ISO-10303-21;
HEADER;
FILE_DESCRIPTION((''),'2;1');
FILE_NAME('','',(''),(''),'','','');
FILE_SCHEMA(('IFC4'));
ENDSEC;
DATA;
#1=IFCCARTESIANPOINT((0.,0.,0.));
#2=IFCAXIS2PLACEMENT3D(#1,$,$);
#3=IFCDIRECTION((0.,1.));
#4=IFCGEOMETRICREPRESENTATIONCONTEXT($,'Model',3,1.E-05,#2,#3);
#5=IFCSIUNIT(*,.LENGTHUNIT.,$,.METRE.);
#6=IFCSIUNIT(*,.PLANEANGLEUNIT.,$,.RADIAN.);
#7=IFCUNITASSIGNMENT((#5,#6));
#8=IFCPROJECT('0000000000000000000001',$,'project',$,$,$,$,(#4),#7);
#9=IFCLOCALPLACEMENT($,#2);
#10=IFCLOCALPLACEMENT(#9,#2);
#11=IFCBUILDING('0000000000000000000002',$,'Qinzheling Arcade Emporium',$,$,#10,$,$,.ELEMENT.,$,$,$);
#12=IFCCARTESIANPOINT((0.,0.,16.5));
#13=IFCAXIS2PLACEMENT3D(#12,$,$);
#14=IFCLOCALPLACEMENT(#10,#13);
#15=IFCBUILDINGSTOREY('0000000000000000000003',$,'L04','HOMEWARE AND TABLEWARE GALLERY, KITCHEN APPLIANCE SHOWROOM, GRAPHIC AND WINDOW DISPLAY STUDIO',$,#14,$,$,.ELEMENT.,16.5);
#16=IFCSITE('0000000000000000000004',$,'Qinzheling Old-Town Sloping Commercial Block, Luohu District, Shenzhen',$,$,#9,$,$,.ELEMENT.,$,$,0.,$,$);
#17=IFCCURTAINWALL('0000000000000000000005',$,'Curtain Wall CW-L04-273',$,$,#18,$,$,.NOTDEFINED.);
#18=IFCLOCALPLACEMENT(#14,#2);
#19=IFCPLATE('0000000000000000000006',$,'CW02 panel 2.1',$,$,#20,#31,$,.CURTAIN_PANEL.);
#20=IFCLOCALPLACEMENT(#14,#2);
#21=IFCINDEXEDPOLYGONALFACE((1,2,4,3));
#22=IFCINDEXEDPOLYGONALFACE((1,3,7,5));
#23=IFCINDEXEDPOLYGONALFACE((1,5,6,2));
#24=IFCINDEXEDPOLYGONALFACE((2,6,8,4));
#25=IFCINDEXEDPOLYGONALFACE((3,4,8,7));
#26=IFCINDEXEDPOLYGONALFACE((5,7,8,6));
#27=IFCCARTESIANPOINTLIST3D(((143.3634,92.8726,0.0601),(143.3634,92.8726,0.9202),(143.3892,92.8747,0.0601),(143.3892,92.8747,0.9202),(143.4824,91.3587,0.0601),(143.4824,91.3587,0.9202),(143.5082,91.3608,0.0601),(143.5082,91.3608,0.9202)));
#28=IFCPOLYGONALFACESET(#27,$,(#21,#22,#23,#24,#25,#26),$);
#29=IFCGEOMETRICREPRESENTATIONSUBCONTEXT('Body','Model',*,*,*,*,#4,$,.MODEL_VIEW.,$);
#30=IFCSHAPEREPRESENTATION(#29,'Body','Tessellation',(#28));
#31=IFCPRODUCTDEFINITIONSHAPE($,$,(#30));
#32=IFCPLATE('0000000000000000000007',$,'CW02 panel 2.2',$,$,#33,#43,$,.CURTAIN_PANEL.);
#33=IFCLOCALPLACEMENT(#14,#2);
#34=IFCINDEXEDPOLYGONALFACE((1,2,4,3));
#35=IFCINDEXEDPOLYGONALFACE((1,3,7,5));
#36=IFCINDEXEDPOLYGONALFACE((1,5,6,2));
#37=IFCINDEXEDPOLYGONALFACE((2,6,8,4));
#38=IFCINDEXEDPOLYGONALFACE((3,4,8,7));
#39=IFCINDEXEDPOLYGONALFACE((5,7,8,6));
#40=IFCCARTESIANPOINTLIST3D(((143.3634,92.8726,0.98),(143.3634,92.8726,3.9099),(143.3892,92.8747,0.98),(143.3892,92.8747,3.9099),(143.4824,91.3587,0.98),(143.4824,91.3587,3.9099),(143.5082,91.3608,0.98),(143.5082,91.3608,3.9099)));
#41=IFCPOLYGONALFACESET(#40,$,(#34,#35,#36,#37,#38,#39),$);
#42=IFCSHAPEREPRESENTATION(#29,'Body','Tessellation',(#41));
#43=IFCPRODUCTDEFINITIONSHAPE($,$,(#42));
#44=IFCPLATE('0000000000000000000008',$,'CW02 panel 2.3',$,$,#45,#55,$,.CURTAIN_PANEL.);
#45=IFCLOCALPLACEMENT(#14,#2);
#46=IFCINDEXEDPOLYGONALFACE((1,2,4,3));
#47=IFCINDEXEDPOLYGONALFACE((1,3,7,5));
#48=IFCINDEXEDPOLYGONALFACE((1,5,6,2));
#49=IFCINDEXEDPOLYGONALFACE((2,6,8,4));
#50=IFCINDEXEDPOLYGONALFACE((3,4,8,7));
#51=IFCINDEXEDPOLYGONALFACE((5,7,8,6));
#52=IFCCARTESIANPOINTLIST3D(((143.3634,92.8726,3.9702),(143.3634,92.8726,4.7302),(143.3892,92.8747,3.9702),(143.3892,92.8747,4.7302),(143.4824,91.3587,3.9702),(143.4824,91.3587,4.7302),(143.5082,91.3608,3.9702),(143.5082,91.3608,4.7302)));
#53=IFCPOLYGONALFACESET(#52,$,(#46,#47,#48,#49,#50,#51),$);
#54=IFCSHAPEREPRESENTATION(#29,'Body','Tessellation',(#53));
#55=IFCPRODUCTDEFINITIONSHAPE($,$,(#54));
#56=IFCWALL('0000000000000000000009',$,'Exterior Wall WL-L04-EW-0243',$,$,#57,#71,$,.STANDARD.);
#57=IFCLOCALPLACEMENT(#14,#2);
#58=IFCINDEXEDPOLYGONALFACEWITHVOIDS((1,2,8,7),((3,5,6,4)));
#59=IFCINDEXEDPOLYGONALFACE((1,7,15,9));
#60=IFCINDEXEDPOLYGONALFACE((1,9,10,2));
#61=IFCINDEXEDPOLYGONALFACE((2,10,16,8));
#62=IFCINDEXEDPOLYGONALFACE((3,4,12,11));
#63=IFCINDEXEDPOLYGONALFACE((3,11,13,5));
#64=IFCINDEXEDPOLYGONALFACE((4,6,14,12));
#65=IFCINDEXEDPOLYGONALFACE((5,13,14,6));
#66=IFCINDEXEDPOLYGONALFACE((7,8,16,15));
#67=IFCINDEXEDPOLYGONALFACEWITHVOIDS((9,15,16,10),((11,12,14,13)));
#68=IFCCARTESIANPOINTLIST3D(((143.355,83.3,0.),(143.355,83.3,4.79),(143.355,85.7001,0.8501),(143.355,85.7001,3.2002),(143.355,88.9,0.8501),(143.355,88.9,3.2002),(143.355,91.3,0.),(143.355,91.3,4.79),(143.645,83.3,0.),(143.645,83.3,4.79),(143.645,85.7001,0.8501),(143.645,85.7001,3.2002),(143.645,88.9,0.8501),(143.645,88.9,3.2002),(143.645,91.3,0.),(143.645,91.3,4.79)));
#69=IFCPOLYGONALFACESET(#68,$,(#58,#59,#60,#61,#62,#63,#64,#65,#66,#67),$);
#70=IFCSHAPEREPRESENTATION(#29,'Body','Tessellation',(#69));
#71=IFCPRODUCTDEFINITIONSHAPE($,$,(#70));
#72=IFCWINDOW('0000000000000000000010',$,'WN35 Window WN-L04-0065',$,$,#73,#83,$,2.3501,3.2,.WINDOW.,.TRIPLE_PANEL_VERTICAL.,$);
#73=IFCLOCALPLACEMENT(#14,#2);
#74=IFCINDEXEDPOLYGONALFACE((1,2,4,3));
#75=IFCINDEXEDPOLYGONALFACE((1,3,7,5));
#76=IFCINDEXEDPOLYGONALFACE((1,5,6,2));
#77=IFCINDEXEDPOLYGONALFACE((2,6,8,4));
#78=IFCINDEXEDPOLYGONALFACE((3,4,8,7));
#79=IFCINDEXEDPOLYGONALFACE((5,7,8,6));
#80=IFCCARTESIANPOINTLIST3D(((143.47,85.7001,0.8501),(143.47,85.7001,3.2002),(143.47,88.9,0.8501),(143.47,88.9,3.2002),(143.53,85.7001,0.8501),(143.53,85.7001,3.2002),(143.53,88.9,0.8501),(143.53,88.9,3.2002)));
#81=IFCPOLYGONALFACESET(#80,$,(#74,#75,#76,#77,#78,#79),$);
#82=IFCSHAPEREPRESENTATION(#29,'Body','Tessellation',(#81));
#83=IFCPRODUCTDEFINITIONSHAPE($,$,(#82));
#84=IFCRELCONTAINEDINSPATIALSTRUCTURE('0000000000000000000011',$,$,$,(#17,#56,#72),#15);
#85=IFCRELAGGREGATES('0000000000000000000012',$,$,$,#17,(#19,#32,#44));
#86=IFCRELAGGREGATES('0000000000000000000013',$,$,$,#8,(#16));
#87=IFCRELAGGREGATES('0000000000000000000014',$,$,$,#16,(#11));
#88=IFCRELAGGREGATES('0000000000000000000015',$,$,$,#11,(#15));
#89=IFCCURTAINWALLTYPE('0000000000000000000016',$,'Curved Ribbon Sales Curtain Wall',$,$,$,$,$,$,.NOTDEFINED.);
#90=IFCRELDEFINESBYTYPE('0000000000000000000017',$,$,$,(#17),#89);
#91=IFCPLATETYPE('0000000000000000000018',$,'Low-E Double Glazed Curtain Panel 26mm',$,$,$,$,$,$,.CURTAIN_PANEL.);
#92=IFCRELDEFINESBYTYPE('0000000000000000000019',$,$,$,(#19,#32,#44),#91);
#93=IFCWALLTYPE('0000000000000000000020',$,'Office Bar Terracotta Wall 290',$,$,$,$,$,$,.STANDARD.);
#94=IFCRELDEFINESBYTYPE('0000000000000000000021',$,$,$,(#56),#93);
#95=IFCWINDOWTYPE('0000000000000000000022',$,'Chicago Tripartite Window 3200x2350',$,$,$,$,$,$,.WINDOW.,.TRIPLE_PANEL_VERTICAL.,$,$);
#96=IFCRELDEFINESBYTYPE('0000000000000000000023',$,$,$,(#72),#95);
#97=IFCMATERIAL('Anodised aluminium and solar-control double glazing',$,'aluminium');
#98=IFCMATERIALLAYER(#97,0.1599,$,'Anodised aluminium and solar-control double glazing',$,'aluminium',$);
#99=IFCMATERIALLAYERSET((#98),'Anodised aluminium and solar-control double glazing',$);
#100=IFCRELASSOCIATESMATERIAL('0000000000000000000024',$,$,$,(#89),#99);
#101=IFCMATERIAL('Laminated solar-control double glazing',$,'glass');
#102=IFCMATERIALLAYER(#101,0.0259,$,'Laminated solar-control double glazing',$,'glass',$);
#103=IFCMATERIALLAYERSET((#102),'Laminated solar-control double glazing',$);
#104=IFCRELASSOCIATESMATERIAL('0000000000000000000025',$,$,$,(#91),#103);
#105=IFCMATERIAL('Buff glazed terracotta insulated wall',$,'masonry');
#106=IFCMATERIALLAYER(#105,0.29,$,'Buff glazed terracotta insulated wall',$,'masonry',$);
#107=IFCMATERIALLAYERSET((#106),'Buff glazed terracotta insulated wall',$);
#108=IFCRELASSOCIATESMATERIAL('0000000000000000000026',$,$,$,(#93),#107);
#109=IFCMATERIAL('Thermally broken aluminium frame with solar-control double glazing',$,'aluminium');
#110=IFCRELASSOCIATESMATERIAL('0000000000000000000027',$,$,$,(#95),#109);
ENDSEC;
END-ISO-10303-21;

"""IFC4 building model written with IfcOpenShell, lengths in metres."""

from ifc_helpers import new_model, si_unit, direction, frame, frame_2d, origin, origin_2d, place, context, subcontext, project, spatial, rectangle, extrude, material, layer, layer_set, type_object, element, fill, aggregate, save


model = new_model("IFC4")

# Units and contexts
model_context = context("Model", 3, precision=1e-05, world=origin(), true_north=direction((0.0, 1.0)))
body_context = subcontext(model_context, "Body", "Model", "MODEL_VIEW")
ifc_project = project(units=[si_unit("LENGTHUNIT", "METRE"), si_unit("PLANEANGLEUNIT", "RADIAN")], contexts=[model_context])

# Site, building, storey
site_placement = place(None, origin())
site = spatial("IfcSite", under=ifc_project, at=site_placement, Name="Qinzheling Old-Town Sloping Commercial Block, Luohu District, Shenzhen", CompositionType="ELEMENT", RefElevation=0.0)
building_placement = place(site_placement, origin())
building = spatial("IfcBuilding", under=site, at=building_placement, Name="Qinzheling Arcade Emporium", CompositionType="ELEMENT")
storey_placement = place(building_placement, frame((0.0, 0.0, 16.5)))
storey = spatial("IfcBuildingStorey", under=building, at=storey_placement, Name="L04", Description="HOMEWARE AND TABLEWARE GALLERY, KITCHEN APPLIANCE SHOWROOM, GRAPHIC AND WINDOW DISPLAY STUDIO", CompositionType="ELEMENT", Elevation=16.5)

# Shared definitions
ifc_material_1 = material(Name="Anodised aluminium and solar-control double glazing", Category="aluminium")
ifc_layer_1 = layer(ifc_material_1, 0.1599, Name="Anodised aluminium and solar-control double glazing", Category="aluminium")
ifc_layer_set_1 = layer_set([ifc_layer_1], Name="Anodised aluminium and solar-control double glazing")
curtain_wall_type = type_object("IfcCurtainWallType", Name="Curved Ribbon Sales Curtain Wall", PredefinedType="NOTDEFINED", material=ifc_layer_set_1)

# Curtain wall
curtain_wall_1_placement = place(storey_placement, origin())
curtain_wall_1 = element("IfcCurtainWall", 1, at=curtain_wall_1_placement, inside=storey, type_object=curtain_wall_type, Name="Curtain Wall CW-L04-273", PredefinedType="NOTDEFINED")

# Plates
ifc_material_2 = material(Name="Laminated solar-control double glazing", Category="glass")
ifc_layer_2 = layer(ifc_material_2, 0.0259, Name="Laminated solar-control double glazing", Category="glass")
ifc_layer_set_2 = layer_set([ifc_layer_2], Name="Laminated solar-control double glazing")
plate_type_1 = type_object("IfcPlateType", Name="Low-E Double Glazed Curtain Panel 26mm", PredefinedType="CURTAIN_PANEL", material=ifc_layer_set_2)
plate_1_placement = place(storey_placement, frame((143.4358, 92.1167, 0.0601), z_axis=(0.0, 0.0, 1.0), x_axis=(0.078337, -0.996927, 0.0)))
plate_1 = element("IfcPlate", 2, at=plate_1_placement, type_object=plate_type_1, Name="CW02 panel 2.1", PredefinedType="CURTAIN_PANEL", context=body_context, shape_type="SweptSolid", body=[
    extrude(rectangle(XDim=1.5186, YDim=0.0259, at=origin_2d()), origin(), (0.0, 0.0, 1.0), 0.8601),
])
plate_2_placement = place(storey_placement, frame((143.4358, 92.1167, 0.98), z_axis=(0.0, 0.0, 1.0), x_axis=(0.078337, -0.996927, 0.0)))
plate_2 = element("IfcPlate", 3, at=plate_2_placement, type_object=plate_type_1, Name="CW02 panel 2.2", PredefinedType="CURTAIN_PANEL", context=body_context, shape_type="SweptSolid", body=[
    extrude(rectangle(XDim=1.5186, YDim=0.0259, at=origin_2d()), origin(), (0.0, 0.0, 1.0), 2.9299),
])
plate_3_placement = place(storey_placement, frame((143.4358, 92.1167, 3.9702), z_axis=(0.0, 0.0, 1.0), x_axis=(0.078337, -0.996927, 0.0)))
plate_3 = element("IfcPlate", 4, at=plate_3_placement, type_object=plate_type_1, Name="CW02 panel 2.3", PredefinedType="CURTAIN_PANEL", context=body_context, shape_type="SweptSolid", body=[
    extrude(rectangle(XDim=1.5186, YDim=0.0259, at=origin_2d()), origin(), (0.0, 0.0, 1.0), 0.76),
])
aggregate(curtain_wall_1, [plate_1, plate_2, plate_3])

# Wall, opening, window
ifc_material_3 = material(Name="Buff glazed terracotta insulated wall", Category="masonry")
ifc_layer_3 = layer(ifc_material_3, 0.29, Name="Buff glazed terracotta insulated wall", Category="masonry")
ifc_layer_set_3 = layer_set([ifc_layer_3], Name="Buff glazed terracotta insulated wall")
wall_type = type_object("IfcWallType", Name="Office Bar Terracotta Wall 290", PredefinedType="STANDARD", material=ifc_layer_set_3)
wall_placement = place(storey_placement, frame((143.5, 91.3, 0.0), z_axis=(0.0, 0.0, 1.0), x_axis=(0.0, -1.0, 0.0)))
wall = element("IfcWall", 5, at=wall_placement, inside=storey, type_object=wall_type, Name="Exterior Wall WL-L04-EW-0243", PredefinedType="STANDARD", context=body_context, shape_type="SweptSolid", body=[
    extrude(rectangle(XDim=8.0, YDim=0.29, at=frame_2d((4.0, 0.0))), origin(), (0.0, 0.0, 1.0), 4.79),
])
opening_placement = place(wall_placement, frame((2.3999, 0.0, 0.8501)))
opening = element("IfcOpeningElement", 6, at=opening_placement, cuts=wall, PredefinedType="OPENING", context=body_context, shape_type="SweptSolid", body=[
    extrude(rectangle(XDim=3.2, YDim=2.3501, at=frame_2d((1.6001, 1.175))), frame((0.0, 0.155, 0.0), z_axis=(0.0, -1.0, 0.0), x_axis=(1.0, 0.0, 0.0)), (0.0, 0.0, 1.0), 0.3101),
])
ifc_material_4 = material(Name="Thermally broken aluminium frame with solar-control double glazing", Category="aluminium")
window_type = type_object("IfcWindowType", Name="Chicago Tripartite Window 3200x2350", PartitioningType="TRIPLE_PANEL_VERTICAL", PredefinedType="WINDOW", material=ifc_material_4)
window_placement = place(opening_placement, origin())
window = element("IfcWindow", 7, at=window_placement, inside=storey, type_object=window_type, Name="WN35 Window WN-L04-0065", OverallHeight=2.3501, OverallWidth=3.2, PartitioningType="TRIPLE_PANEL_VERTICAL", PredefinedType="WINDOW", context=body_context, shape_type="SweptSolid", body=[
    extrude(rectangle(XDim=3.2, YDim=2.3501, at=frame_2d((1.6001, 1.175))), frame((0.0, 0.03, 0.0), z_axis=(0.0, -1.0, 0.0), x_axis=(1.0, 0.0, 0.0)), (0.0, 0.0, 1.0), 0.0601),
])
fill(opening, window)

save(model, "model.ifc")
